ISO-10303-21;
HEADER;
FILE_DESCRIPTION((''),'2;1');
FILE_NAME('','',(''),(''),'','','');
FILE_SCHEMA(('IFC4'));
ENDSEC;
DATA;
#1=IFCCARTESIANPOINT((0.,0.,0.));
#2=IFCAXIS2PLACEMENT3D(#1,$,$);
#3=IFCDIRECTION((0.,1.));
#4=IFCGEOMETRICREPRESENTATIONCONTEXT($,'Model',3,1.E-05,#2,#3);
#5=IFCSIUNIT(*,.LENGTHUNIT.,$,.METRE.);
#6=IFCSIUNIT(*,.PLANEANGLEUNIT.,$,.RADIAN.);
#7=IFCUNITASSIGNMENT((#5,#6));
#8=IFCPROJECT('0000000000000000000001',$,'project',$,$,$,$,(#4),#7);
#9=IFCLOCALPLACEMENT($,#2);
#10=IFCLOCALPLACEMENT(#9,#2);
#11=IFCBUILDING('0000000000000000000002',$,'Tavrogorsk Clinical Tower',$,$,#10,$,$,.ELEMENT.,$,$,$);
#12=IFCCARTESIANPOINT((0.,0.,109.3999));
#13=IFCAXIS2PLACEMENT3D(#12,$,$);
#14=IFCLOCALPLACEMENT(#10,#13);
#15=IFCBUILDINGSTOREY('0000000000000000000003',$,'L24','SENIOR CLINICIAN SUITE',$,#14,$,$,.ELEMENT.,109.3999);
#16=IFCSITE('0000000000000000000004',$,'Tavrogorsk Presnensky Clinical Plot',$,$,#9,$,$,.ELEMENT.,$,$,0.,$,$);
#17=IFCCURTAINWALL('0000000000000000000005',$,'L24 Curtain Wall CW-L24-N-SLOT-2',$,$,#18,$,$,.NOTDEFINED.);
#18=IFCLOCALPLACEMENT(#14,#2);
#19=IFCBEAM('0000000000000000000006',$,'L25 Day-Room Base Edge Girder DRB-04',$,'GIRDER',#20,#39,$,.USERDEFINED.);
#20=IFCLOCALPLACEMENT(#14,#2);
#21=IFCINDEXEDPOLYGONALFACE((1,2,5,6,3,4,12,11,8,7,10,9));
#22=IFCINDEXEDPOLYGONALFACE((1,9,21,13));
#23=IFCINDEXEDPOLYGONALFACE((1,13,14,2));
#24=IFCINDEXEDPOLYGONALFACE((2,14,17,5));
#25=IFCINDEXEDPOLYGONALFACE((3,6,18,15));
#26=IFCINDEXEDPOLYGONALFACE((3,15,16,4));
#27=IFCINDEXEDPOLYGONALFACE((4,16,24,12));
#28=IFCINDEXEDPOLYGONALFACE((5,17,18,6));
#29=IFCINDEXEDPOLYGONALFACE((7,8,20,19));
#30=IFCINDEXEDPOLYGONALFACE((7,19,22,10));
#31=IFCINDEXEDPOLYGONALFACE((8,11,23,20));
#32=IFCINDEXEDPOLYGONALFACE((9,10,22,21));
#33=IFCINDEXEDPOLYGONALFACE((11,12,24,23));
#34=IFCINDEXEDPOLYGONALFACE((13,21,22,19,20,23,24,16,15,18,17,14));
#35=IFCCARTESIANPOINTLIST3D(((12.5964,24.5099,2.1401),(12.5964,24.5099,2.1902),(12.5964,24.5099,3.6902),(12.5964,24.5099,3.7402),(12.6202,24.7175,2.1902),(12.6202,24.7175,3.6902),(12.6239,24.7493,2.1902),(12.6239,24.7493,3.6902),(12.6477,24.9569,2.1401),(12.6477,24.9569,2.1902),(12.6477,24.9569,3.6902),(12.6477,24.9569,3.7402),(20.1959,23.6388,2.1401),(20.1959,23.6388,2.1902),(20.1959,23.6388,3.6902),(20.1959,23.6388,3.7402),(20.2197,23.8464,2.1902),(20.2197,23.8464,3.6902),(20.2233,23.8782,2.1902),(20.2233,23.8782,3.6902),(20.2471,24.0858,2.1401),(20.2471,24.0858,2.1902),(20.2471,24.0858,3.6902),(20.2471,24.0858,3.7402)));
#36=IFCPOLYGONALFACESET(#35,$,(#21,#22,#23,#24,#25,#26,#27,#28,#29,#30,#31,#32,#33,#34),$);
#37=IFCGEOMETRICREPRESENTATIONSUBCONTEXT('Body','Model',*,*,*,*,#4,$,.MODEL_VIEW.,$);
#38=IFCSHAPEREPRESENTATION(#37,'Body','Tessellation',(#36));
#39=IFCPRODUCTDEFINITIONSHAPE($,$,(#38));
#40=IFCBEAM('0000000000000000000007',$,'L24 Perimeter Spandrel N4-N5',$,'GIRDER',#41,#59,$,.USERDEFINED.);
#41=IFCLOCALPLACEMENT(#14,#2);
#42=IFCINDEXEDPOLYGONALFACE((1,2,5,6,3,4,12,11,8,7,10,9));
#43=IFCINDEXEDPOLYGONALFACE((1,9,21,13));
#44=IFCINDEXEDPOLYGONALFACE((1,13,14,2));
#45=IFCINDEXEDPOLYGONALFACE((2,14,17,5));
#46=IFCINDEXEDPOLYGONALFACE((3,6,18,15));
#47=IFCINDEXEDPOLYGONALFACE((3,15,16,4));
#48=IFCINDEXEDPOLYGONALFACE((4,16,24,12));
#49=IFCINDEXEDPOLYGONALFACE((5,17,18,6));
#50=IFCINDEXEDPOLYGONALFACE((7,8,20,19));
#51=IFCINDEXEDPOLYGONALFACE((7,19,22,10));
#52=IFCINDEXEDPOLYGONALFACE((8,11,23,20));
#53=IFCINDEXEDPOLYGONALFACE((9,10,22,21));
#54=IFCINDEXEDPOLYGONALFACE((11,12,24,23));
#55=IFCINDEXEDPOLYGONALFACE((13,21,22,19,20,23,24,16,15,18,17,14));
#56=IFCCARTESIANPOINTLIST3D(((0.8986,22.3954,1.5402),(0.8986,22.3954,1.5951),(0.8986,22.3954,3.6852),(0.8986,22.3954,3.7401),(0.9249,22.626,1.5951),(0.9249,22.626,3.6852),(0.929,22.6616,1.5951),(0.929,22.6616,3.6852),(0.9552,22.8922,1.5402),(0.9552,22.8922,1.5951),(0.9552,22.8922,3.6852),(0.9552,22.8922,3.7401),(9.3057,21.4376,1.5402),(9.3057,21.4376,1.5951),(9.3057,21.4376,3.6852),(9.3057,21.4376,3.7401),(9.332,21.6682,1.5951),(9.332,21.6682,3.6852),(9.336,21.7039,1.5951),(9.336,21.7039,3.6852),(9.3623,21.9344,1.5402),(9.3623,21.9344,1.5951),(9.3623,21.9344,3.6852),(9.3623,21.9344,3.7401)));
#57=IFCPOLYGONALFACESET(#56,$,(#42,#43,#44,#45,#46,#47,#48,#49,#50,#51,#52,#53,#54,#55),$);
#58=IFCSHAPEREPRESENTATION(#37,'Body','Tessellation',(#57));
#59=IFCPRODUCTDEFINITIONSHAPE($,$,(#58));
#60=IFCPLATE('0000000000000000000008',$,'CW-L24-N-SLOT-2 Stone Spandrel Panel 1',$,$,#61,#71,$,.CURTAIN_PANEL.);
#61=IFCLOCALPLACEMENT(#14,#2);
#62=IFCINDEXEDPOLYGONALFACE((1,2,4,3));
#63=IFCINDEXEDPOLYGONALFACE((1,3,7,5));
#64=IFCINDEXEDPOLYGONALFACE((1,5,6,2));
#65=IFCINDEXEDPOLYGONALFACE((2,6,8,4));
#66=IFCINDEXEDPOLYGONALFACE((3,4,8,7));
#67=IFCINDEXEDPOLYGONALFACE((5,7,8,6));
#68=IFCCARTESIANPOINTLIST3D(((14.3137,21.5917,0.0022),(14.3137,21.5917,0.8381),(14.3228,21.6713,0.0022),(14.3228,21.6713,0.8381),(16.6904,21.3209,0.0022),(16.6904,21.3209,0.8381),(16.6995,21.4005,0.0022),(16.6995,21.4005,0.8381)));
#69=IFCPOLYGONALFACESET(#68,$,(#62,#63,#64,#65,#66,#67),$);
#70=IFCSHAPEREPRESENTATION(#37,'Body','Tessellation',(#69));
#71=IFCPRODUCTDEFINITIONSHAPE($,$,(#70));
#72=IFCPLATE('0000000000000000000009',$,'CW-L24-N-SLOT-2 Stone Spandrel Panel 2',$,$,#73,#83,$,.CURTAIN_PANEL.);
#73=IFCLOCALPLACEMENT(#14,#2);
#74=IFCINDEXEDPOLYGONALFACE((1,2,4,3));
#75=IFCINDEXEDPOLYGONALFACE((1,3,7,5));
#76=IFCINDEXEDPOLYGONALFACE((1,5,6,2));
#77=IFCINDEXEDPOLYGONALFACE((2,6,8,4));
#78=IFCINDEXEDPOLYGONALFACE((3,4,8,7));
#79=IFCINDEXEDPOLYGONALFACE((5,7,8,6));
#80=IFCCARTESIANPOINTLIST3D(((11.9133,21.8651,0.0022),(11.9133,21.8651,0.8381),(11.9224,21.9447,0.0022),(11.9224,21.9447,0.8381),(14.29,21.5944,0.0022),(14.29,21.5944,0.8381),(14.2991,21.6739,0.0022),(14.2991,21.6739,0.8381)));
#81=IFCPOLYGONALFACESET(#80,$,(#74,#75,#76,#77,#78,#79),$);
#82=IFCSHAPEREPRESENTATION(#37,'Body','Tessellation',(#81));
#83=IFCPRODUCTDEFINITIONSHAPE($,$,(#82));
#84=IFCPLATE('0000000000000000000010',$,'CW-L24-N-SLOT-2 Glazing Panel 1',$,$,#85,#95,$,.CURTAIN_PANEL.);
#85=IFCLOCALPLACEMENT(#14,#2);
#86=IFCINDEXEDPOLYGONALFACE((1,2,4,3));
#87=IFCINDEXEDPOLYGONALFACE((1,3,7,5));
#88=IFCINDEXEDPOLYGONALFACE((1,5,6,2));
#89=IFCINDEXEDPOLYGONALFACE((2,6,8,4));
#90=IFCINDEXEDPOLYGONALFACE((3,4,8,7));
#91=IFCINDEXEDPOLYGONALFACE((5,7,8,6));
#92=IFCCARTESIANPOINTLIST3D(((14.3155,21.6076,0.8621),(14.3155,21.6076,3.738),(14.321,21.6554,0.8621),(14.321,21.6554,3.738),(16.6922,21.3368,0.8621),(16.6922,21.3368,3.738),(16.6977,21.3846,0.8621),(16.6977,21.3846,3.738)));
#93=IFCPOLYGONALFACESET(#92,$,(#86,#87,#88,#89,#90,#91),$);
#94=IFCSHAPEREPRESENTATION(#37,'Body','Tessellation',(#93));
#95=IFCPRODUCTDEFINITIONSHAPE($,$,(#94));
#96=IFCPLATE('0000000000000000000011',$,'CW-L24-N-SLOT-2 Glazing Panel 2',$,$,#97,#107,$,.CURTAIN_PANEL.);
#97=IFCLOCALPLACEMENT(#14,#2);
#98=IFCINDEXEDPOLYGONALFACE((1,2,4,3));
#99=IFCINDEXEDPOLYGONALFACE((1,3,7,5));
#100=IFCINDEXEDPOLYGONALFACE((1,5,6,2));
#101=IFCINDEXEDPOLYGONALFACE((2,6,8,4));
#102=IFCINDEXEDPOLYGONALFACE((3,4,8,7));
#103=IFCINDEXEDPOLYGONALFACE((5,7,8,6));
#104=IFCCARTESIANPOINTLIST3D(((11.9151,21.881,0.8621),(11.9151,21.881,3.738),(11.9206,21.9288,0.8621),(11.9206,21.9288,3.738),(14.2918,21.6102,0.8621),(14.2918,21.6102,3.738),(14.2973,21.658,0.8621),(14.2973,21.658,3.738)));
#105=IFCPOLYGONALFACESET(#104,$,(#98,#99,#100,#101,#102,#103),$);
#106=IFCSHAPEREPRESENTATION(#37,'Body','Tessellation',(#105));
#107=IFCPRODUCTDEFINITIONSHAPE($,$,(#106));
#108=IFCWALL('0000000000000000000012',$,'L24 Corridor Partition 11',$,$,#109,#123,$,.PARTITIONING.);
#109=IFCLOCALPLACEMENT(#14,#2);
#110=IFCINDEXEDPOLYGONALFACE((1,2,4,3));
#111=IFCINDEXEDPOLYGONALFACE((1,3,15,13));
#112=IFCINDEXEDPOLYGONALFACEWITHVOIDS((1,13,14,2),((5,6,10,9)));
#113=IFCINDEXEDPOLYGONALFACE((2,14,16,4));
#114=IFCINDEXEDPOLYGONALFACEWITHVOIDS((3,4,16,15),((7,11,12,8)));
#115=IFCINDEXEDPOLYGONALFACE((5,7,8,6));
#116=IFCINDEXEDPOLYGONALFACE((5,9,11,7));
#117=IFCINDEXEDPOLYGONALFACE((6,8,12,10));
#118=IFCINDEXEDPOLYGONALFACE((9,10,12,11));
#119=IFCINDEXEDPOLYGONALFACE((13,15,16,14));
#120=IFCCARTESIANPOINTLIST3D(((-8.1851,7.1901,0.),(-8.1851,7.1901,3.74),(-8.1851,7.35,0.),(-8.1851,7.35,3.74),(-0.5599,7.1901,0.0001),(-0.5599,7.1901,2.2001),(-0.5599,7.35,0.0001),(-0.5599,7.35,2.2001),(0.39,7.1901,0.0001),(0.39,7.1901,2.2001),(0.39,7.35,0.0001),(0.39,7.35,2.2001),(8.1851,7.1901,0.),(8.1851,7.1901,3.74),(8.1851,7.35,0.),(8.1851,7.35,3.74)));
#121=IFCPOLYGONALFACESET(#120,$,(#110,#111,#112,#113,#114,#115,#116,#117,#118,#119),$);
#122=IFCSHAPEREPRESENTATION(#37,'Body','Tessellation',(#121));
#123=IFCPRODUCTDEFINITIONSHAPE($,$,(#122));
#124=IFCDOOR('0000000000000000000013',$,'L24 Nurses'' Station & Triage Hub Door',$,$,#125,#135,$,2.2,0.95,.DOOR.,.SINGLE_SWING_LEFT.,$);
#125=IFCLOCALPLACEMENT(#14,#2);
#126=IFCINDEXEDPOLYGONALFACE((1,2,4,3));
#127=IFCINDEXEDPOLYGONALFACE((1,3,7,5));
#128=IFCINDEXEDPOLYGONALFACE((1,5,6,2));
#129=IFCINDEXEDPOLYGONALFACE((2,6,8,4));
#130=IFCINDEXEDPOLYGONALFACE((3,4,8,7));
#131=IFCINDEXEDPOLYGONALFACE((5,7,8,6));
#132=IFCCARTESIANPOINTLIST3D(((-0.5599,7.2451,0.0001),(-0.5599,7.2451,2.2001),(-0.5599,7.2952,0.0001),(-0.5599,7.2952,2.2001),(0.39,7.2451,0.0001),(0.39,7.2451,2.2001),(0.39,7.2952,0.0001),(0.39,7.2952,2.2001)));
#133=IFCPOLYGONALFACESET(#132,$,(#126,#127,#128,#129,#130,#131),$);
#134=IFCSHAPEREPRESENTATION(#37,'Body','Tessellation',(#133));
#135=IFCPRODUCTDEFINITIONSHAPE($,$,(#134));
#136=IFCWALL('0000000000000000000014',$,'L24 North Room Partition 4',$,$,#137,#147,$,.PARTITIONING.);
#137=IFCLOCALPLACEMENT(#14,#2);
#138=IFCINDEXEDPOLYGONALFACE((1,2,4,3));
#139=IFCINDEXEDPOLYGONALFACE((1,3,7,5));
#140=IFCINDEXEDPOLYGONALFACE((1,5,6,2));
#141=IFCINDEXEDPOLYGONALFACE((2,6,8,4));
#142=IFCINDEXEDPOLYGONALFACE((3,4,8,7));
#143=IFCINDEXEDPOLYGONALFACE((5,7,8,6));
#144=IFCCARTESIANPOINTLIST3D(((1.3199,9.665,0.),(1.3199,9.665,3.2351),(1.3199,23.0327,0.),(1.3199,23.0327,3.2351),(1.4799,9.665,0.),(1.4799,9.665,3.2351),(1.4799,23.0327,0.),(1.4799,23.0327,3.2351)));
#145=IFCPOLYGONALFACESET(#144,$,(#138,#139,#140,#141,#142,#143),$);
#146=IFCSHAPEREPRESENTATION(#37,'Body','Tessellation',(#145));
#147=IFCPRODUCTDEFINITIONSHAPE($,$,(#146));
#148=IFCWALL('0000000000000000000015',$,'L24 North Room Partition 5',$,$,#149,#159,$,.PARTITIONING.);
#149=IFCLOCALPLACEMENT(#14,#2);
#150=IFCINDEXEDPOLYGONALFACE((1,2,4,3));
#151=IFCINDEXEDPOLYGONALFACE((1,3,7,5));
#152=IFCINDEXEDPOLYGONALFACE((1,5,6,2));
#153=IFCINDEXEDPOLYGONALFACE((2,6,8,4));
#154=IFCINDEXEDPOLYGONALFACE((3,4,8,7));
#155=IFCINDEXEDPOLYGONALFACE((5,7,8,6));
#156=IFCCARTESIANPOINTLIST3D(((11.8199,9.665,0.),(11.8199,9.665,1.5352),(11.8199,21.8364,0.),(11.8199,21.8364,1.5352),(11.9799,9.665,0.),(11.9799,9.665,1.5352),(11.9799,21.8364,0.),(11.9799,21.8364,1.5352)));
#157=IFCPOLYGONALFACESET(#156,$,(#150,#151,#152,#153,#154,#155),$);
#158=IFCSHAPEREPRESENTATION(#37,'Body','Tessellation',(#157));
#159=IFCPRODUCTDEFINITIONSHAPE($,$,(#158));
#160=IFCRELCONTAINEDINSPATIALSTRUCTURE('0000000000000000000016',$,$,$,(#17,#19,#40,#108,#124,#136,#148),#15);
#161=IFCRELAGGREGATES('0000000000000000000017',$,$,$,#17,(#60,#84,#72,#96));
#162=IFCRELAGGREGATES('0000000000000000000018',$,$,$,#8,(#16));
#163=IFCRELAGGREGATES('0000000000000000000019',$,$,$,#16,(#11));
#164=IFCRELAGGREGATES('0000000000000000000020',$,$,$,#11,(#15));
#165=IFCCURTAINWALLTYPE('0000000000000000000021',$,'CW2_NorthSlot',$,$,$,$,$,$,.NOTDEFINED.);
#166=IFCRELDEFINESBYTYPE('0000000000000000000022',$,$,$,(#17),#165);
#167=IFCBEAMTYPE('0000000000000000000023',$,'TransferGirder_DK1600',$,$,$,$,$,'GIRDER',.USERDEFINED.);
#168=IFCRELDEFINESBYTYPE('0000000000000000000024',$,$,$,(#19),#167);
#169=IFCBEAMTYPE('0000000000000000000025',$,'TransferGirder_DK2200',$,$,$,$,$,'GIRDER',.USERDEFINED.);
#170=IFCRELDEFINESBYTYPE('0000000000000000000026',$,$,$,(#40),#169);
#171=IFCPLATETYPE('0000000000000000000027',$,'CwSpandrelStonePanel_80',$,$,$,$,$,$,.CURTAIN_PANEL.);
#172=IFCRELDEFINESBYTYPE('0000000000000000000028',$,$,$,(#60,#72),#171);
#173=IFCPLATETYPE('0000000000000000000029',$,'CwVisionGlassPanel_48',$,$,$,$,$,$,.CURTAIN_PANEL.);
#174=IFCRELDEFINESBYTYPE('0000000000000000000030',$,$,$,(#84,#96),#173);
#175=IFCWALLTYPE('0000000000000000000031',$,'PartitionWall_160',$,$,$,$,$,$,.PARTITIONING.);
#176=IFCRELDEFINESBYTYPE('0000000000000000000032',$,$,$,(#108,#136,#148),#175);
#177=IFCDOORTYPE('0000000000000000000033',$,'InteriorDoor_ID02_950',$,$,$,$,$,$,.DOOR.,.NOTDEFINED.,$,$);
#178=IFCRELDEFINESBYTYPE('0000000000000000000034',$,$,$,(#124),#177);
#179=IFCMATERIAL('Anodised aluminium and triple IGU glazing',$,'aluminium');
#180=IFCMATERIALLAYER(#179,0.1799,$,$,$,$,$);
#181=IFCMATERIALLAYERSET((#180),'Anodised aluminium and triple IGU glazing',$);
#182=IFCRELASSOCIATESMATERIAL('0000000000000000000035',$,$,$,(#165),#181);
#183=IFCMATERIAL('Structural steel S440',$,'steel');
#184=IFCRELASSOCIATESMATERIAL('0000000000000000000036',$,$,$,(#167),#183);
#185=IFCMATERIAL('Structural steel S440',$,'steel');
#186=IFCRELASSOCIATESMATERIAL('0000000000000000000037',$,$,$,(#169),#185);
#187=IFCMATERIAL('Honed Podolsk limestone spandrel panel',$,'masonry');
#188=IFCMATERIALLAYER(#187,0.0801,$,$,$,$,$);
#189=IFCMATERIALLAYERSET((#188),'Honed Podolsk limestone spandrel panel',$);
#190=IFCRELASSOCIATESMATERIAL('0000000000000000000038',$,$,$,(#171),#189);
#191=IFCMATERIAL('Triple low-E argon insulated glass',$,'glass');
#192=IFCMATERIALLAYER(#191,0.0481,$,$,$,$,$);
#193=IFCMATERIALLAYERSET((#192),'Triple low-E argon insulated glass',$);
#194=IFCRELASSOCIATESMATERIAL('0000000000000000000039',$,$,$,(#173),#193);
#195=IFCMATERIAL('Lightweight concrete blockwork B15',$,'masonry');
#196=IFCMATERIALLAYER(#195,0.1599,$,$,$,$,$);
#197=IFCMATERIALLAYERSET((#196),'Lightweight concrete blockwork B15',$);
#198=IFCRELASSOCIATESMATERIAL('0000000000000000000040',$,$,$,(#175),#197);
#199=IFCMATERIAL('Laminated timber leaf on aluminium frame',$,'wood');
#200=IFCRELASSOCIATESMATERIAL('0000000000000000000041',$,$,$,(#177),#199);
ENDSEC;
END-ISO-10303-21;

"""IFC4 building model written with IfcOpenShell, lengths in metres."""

from ifc_helpers import new_model, si_unit, direction, frame, frame_2d, origin, origin_2d, place, context, subcontext, project, spatial, rectangle, i_section, extrude, material, layer, layer_set, material_profile, profile_set, type_object, element, fill, aggregate, save


model = new_model("IFC4")

# Units and contexts
model_context = context("Model", 3, precision=1e-05, world=origin(), true_north=direction((0.0, 1.0)))
body_context = subcontext(model_context, "Body", "Model", "MODEL_VIEW")
ifc_project = project(units=[si_unit("LENGTHUNIT", "METRE"), si_unit("PLANEANGLEUNIT", "RADIAN")], contexts=[model_context])

# Site, building, storey
site_placement = place(None, origin())
site = spatial("IfcSite", under=ifc_project, at=site_placement, Name="Tavrogorsk Presnensky Clinical Plot", CompositionType="ELEMENT", RefElevation=0.0)
building_placement = place(site_placement, origin())
building = spatial("IfcBuilding", under=site, at=building_placement, Name="Tavrogorsk Clinical Tower", CompositionType="ELEMENT")
storey_placement = place(building_placement, frame((0.0, 0.0, 109.3999)))
storey = spatial("IfcBuildingStorey", under=building, at=storey_placement, Name="L24", Description="SENIOR CLINICIAN SUITE", CompositionType="ELEMENT", Elevation=109.3999)

# Curtain wall
ifc_material_1 = material(Name="Anodised aluminium and triple IGU glazing", Category="aluminium")
ifc_layer_1 = layer(ifc_material_1, 0.1799)
ifc_layer_set_1 = layer_set([ifc_layer_1], Name="Anodised aluminium and triple IGU glazing")
curtain_wall_type = type_object("IfcCurtainWallType", Name="CW2_NorthSlot", PredefinedType="NOTDEFINED", material=ifc_layer_set_1)
curtain_wall_placement = place(storey_placement, origin())
curtain_wall = element("IfcCurtainWall", 1, at=curtain_wall_placement, inside=storey, type_object=curtain_wall_type, Name="L24 Curtain Wall CW-L24-N-SLOT-2", PredefinedType="NOTDEFINED")

# Beams
ifc_material_2 = material(Name="Structural steel S440", Category="steel")
ifc_material_profile_1 = material_profile(ifc_material_2, i_section(OverallWidth=0.45, OverallDepth=1.6001, WebThickness=0.032, FlangeThickness=0.05, at=origin_2d()), Name="DK-1600x450x32x50")
ifc_profile_set_1 = profile_set([ifc_material_profile_1], Name="Structural steel S440")
beam_type_1 = type_object("IfcBeamType", Name="TransferGirder_DK1600", ElementType="GIRDER", PredefinedType="USERDEFINED", material=ifc_profile_set_1)
beam_1_placement = place(storey_placement, frame((12.6221, 24.7334, 2.9402), z_axis=(0.993494, -0.113881, 0.0), x_axis=(0.113881, 0.993494, 0.0)))
element("IfcBeam", 2, at=beam_1_placement, inside=storey, type_object=beam_type_1, Name="L25 Day-Room Base Edge Girder DRB-04", ObjectType="GIRDER", PredefinedType="USERDEFINED", context=body_context, shape_type="SweptSolid", body=[
    extrude(i_section(OverallWidth=0.45, OverallDepth=1.6001, WebThickness=0.032, FlangeThickness=0.05, at=origin_2d()), origin(), (0.0, 0.0, 1.0), 7.6492),
])
ifc_material_3 = material(Name="Structural steel S440", Category="steel")
ifc_material_profile_2 = material_profile(ifc_material_3, i_section(OverallWidth=0.5, OverallDepth=2.2, WebThickness=0.0359, FlangeThickness=0.0549, at=origin_2d()), Name="DK-2200x500x36x55")
ifc_profile_set_2 = profile_set([ifc_material_profile_2], Name="Structural steel S440")
beam_type_2 = type_object("IfcBeamType", Name="TransferGirder_DK2200", ElementType="GIRDER", PredefinedType="USERDEFINED", material=ifc_profile_set_2)
beam_2_placement = place(storey_placement, frame((9.334, 21.686, 2.6401), z_axis=(-0.993573, 0.113193, 0.0), x_axis=(-0.113193, -0.993573, 0.0)))
element("IfcBeam", 3, at=beam_2_placement, inside=storey, type_object=beam_type_2, Name="L24 Perimeter Spandrel N4-N5", ObjectType="GIRDER", PredefinedType="USERDEFINED", context=body_context, shape_type="SweptSolid", body=[
    extrude(i_section(OverallWidth=0.5, OverallDepth=2.2, WebThickness=0.0359, FlangeThickness=0.0549, at=origin_2d()), origin(), (0.0, 0.0, 1.0), 8.4614),
])

# Plates
ifc_material_4 = material(Name="Honed Podolsk limestone spandrel panel", Category="masonry")
ifc_layer_2 = layer(ifc_material_4, 0.0801)
ifc_layer_set_2 = layer_set([ifc_layer_2], Name="Honed Podolsk limestone spandrel panel")
plate_type_1 = type_object("IfcPlateType", Name="CwSpandrelStonePanel_80", PredefinedType="CURTAIN_PANEL", material=ifc_layer_set_2)
plate_1_placement = place(storey_placement, frame((15.5066, 21.4961, 0.0022), z_axis=(0.0, 0.0, 1.0), x_axis=(-0.993572, 0.113203, 0.0)))
plate_1 = element("IfcPlate", 4, at=plate_1_placement, type_object=plate_type_1, Name="CW-L24-N-SLOT-2 Stone Spandrel Panel 1", PredefinedType="CURTAIN_PANEL", context=body_context, shape_type="SweptSolid", body=[
    extrude(rectangle(XDim=2.3921, YDim=0.0801, at=origin_2d()), origin(), (0.0, 0.0, 1.0), 0.8359),
])
plate_2_placement = place(storey_placement, frame((13.1062, 21.7695, 0.0022), z_axis=(0.0, 0.0, 1.0), x_axis=(-0.993572, 0.113203, 0.0)))
plate_2 = element("IfcPlate", 5, at=plate_2_placement, type_object=plate_type_1, Name="CW-L24-N-SLOT-2 Stone Spandrel Panel 2", PredefinedType="CURTAIN_PANEL", context=body_context, shape_type="SweptSolid", body=[
    extrude(rectangle(XDim=2.3921, YDim=0.0801, at=origin_2d()), origin(), (0.0, 0.0, 1.0), 0.8359),
])
ifc_material_5 = material(Name="Triple low-E argon insulated glass", Category="glass")
ifc_layer_3 = layer(ifc_material_5, 0.0481)
ifc_layer_set_3 = layer_set([ifc_layer_3], Name="Triple low-E argon insulated glass")
plate_type_2 = type_object("IfcPlateType", Name="CwVisionGlassPanel_48", PredefinedType="CURTAIN_PANEL", material=ifc_layer_set_3)
plate_3_placement = place(storey_placement, frame((15.5066, 21.4961, 0.8621), z_axis=(0.0, 0.0, 1.0), x_axis=(-0.993572, 0.113203, 0.0)))
plate_3 = element("IfcPlate", 6, at=plate_3_placement, type_object=plate_type_2, Name="CW-L24-N-SLOT-2 Glazing Panel 1", PredefinedType="CURTAIN_PANEL", context=body_context, shape_type="SweptSolid", body=[
    extrude(rectangle(XDim=2.3921, YDim=0.0481, at=origin_2d()), origin(), (0.0, 0.0, 1.0), 2.876),
])
plate_4_placement = place(storey_placement, frame((13.1062, 21.7695, 0.8621), z_axis=(0.0, 0.0, 1.0), x_axis=(-0.993572, 0.113203, 0.0)))
plate_4 = element("IfcPlate", 7, at=plate_4_placement, type_object=plate_type_2, Name="CW-L24-N-SLOT-2 Glazing Panel 2", PredefinedType="CURTAIN_PANEL", context=body_context, shape_type="SweptSolid", body=[
    extrude(rectangle(XDim=2.3921, YDim=0.0481, at=origin_2d()), origin(), (0.0, 0.0, 1.0), 2.876),
])
aggregate(curtain_wall, [plate_1, plate_3, plate_2, plate_4])

# Wall, opening, door
ifc_material_6 = material(Name="Lightweight concrete blockwork B15", Category="masonry")
ifc_layer_4 = layer(ifc_material_6, 0.1599)
ifc_layer_set_4 = layer_set([ifc_layer_4], Name="Lightweight concrete blockwork B15")
wall_type_1 = type_object("IfcWallType", Name="PartitionWall_160", PredefinedType="PARTITIONING", material=ifc_layer_set_4)
wall_1_placement = place(storey_placement, frame((8.1851, 7.27, 0.0), z_axis=(0.0, 0.0, 1.0), x_axis=(-1.0, 0.0, 0.0)))
wall_1 = element("IfcWall", 8, at=wall_1_placement, inside=storey, type_object=wall_type_1, Name="L24 Corridor Partition 11", PredefinedType="PARTITIONING", context=body_context, shape_type="SweptSolid", body=[
    extrude(rectangle(XDim=16.3701, YDim=0.1599, at=frame_2d((8.1851, 0.0))), origin(), (0.0, 0.0, 1.0), 3.74),
])
opening_1_placement = place(wall_1_placement, frame((7.7949, 0.0, 0.0)))
opening_1 = element("IfcOpeningElement", 9, at=opening_1_placement, cuts=wall_1, PredefinedType="OPENING", context=body_context, shape_type="SweptSolid", body=[
    extrude(rectangle(XDim=0.95, YDim=2.2, at=frame_2d((0.4751, 1.1001))), frame((0.0, 0.0898, 0.0), z_axis=(0.0, -1.0, 0.0), x_axis=(1.0, 0.0, 0.0)), (0.0, 0.0, 1.0), 0.1799),
])
ifc_material_7 = material(Name="Laminated timber leaf on aluminium frame", Category="wood")
door_type = type_object("IfcDoorType", Name="InteriorDoor_ID02_950", OperationType="NOTDEFINED", PredefinedType="DOOR", material=ifc_material_7)
door_placement = place(opening_1_placement, origin())
door = element("IfcDoor", 10, at=door_placement, inside=storey, type_object=door_type, Name="L24 Nurses' Station & Triage Hub Door", OperationType="SINGLE_SWING_LEFT", OverallHeight=2.2, OverallWidth=0.95, PredefinedType="DOOR", context=body_context, shape_type="SweptSolid", body=[
    extrude(rectangle(XDim=0.95, YDim=2.2, at=frame_2d((0.4751, 1.1001))), frame((0.0, 0.0249, 0.0), z_axis=(0.0, -1.0, 0.0), x_axis=(1.0, 0.0, 0.0)), (0.0, 0.0, 1.0), 0.05),
])
fill(opening_1, door)

# Walls
wall_2_placement = place(storey_placement, frame((1.3999, 9.665, 0.0), z_axis=(0.0, 0.0, 1.0), x_axis=(0.0, 1.0, 0.0)))
element("IfcWall", 11, at=wall_2_placement, inside=storey, type_object=wall_type_1, Name="L24 North Room Partition 4", PredefinedType="PARTITIONING", context=body_context, shape_type="SweptSolid", body=[
    extrude(rectangle(XDim=13.3677, YDim=0.1599, at=frame_2d((6.6838, 0.0))), origin(), (0.0, 0.0, 1.0), 3.2351),
])
wall_3_placement = place(storey_placement, frame((11.8999, 9.665, 0.0), z_axis=(0.0, 0.0, 1.0), x_axis=(0.0, 1.0, 0.0)))
element("IfcWall", 12, at=wall_3_placement, inside=storey, type_object=wall_type_1, Name="L24 North Room Partition 5", PredefinedType="PARTITIONING", context=body_context, shape_type="SweptSolid", body=[
    extrude(rectangle(XDim=12.1714, YDim=0.1599, at=frame_2d((6.0857, 0.0))), origin(), (0.0, 0.0, 1.0), 1.5352),
])

save(model, "model.ifc")
